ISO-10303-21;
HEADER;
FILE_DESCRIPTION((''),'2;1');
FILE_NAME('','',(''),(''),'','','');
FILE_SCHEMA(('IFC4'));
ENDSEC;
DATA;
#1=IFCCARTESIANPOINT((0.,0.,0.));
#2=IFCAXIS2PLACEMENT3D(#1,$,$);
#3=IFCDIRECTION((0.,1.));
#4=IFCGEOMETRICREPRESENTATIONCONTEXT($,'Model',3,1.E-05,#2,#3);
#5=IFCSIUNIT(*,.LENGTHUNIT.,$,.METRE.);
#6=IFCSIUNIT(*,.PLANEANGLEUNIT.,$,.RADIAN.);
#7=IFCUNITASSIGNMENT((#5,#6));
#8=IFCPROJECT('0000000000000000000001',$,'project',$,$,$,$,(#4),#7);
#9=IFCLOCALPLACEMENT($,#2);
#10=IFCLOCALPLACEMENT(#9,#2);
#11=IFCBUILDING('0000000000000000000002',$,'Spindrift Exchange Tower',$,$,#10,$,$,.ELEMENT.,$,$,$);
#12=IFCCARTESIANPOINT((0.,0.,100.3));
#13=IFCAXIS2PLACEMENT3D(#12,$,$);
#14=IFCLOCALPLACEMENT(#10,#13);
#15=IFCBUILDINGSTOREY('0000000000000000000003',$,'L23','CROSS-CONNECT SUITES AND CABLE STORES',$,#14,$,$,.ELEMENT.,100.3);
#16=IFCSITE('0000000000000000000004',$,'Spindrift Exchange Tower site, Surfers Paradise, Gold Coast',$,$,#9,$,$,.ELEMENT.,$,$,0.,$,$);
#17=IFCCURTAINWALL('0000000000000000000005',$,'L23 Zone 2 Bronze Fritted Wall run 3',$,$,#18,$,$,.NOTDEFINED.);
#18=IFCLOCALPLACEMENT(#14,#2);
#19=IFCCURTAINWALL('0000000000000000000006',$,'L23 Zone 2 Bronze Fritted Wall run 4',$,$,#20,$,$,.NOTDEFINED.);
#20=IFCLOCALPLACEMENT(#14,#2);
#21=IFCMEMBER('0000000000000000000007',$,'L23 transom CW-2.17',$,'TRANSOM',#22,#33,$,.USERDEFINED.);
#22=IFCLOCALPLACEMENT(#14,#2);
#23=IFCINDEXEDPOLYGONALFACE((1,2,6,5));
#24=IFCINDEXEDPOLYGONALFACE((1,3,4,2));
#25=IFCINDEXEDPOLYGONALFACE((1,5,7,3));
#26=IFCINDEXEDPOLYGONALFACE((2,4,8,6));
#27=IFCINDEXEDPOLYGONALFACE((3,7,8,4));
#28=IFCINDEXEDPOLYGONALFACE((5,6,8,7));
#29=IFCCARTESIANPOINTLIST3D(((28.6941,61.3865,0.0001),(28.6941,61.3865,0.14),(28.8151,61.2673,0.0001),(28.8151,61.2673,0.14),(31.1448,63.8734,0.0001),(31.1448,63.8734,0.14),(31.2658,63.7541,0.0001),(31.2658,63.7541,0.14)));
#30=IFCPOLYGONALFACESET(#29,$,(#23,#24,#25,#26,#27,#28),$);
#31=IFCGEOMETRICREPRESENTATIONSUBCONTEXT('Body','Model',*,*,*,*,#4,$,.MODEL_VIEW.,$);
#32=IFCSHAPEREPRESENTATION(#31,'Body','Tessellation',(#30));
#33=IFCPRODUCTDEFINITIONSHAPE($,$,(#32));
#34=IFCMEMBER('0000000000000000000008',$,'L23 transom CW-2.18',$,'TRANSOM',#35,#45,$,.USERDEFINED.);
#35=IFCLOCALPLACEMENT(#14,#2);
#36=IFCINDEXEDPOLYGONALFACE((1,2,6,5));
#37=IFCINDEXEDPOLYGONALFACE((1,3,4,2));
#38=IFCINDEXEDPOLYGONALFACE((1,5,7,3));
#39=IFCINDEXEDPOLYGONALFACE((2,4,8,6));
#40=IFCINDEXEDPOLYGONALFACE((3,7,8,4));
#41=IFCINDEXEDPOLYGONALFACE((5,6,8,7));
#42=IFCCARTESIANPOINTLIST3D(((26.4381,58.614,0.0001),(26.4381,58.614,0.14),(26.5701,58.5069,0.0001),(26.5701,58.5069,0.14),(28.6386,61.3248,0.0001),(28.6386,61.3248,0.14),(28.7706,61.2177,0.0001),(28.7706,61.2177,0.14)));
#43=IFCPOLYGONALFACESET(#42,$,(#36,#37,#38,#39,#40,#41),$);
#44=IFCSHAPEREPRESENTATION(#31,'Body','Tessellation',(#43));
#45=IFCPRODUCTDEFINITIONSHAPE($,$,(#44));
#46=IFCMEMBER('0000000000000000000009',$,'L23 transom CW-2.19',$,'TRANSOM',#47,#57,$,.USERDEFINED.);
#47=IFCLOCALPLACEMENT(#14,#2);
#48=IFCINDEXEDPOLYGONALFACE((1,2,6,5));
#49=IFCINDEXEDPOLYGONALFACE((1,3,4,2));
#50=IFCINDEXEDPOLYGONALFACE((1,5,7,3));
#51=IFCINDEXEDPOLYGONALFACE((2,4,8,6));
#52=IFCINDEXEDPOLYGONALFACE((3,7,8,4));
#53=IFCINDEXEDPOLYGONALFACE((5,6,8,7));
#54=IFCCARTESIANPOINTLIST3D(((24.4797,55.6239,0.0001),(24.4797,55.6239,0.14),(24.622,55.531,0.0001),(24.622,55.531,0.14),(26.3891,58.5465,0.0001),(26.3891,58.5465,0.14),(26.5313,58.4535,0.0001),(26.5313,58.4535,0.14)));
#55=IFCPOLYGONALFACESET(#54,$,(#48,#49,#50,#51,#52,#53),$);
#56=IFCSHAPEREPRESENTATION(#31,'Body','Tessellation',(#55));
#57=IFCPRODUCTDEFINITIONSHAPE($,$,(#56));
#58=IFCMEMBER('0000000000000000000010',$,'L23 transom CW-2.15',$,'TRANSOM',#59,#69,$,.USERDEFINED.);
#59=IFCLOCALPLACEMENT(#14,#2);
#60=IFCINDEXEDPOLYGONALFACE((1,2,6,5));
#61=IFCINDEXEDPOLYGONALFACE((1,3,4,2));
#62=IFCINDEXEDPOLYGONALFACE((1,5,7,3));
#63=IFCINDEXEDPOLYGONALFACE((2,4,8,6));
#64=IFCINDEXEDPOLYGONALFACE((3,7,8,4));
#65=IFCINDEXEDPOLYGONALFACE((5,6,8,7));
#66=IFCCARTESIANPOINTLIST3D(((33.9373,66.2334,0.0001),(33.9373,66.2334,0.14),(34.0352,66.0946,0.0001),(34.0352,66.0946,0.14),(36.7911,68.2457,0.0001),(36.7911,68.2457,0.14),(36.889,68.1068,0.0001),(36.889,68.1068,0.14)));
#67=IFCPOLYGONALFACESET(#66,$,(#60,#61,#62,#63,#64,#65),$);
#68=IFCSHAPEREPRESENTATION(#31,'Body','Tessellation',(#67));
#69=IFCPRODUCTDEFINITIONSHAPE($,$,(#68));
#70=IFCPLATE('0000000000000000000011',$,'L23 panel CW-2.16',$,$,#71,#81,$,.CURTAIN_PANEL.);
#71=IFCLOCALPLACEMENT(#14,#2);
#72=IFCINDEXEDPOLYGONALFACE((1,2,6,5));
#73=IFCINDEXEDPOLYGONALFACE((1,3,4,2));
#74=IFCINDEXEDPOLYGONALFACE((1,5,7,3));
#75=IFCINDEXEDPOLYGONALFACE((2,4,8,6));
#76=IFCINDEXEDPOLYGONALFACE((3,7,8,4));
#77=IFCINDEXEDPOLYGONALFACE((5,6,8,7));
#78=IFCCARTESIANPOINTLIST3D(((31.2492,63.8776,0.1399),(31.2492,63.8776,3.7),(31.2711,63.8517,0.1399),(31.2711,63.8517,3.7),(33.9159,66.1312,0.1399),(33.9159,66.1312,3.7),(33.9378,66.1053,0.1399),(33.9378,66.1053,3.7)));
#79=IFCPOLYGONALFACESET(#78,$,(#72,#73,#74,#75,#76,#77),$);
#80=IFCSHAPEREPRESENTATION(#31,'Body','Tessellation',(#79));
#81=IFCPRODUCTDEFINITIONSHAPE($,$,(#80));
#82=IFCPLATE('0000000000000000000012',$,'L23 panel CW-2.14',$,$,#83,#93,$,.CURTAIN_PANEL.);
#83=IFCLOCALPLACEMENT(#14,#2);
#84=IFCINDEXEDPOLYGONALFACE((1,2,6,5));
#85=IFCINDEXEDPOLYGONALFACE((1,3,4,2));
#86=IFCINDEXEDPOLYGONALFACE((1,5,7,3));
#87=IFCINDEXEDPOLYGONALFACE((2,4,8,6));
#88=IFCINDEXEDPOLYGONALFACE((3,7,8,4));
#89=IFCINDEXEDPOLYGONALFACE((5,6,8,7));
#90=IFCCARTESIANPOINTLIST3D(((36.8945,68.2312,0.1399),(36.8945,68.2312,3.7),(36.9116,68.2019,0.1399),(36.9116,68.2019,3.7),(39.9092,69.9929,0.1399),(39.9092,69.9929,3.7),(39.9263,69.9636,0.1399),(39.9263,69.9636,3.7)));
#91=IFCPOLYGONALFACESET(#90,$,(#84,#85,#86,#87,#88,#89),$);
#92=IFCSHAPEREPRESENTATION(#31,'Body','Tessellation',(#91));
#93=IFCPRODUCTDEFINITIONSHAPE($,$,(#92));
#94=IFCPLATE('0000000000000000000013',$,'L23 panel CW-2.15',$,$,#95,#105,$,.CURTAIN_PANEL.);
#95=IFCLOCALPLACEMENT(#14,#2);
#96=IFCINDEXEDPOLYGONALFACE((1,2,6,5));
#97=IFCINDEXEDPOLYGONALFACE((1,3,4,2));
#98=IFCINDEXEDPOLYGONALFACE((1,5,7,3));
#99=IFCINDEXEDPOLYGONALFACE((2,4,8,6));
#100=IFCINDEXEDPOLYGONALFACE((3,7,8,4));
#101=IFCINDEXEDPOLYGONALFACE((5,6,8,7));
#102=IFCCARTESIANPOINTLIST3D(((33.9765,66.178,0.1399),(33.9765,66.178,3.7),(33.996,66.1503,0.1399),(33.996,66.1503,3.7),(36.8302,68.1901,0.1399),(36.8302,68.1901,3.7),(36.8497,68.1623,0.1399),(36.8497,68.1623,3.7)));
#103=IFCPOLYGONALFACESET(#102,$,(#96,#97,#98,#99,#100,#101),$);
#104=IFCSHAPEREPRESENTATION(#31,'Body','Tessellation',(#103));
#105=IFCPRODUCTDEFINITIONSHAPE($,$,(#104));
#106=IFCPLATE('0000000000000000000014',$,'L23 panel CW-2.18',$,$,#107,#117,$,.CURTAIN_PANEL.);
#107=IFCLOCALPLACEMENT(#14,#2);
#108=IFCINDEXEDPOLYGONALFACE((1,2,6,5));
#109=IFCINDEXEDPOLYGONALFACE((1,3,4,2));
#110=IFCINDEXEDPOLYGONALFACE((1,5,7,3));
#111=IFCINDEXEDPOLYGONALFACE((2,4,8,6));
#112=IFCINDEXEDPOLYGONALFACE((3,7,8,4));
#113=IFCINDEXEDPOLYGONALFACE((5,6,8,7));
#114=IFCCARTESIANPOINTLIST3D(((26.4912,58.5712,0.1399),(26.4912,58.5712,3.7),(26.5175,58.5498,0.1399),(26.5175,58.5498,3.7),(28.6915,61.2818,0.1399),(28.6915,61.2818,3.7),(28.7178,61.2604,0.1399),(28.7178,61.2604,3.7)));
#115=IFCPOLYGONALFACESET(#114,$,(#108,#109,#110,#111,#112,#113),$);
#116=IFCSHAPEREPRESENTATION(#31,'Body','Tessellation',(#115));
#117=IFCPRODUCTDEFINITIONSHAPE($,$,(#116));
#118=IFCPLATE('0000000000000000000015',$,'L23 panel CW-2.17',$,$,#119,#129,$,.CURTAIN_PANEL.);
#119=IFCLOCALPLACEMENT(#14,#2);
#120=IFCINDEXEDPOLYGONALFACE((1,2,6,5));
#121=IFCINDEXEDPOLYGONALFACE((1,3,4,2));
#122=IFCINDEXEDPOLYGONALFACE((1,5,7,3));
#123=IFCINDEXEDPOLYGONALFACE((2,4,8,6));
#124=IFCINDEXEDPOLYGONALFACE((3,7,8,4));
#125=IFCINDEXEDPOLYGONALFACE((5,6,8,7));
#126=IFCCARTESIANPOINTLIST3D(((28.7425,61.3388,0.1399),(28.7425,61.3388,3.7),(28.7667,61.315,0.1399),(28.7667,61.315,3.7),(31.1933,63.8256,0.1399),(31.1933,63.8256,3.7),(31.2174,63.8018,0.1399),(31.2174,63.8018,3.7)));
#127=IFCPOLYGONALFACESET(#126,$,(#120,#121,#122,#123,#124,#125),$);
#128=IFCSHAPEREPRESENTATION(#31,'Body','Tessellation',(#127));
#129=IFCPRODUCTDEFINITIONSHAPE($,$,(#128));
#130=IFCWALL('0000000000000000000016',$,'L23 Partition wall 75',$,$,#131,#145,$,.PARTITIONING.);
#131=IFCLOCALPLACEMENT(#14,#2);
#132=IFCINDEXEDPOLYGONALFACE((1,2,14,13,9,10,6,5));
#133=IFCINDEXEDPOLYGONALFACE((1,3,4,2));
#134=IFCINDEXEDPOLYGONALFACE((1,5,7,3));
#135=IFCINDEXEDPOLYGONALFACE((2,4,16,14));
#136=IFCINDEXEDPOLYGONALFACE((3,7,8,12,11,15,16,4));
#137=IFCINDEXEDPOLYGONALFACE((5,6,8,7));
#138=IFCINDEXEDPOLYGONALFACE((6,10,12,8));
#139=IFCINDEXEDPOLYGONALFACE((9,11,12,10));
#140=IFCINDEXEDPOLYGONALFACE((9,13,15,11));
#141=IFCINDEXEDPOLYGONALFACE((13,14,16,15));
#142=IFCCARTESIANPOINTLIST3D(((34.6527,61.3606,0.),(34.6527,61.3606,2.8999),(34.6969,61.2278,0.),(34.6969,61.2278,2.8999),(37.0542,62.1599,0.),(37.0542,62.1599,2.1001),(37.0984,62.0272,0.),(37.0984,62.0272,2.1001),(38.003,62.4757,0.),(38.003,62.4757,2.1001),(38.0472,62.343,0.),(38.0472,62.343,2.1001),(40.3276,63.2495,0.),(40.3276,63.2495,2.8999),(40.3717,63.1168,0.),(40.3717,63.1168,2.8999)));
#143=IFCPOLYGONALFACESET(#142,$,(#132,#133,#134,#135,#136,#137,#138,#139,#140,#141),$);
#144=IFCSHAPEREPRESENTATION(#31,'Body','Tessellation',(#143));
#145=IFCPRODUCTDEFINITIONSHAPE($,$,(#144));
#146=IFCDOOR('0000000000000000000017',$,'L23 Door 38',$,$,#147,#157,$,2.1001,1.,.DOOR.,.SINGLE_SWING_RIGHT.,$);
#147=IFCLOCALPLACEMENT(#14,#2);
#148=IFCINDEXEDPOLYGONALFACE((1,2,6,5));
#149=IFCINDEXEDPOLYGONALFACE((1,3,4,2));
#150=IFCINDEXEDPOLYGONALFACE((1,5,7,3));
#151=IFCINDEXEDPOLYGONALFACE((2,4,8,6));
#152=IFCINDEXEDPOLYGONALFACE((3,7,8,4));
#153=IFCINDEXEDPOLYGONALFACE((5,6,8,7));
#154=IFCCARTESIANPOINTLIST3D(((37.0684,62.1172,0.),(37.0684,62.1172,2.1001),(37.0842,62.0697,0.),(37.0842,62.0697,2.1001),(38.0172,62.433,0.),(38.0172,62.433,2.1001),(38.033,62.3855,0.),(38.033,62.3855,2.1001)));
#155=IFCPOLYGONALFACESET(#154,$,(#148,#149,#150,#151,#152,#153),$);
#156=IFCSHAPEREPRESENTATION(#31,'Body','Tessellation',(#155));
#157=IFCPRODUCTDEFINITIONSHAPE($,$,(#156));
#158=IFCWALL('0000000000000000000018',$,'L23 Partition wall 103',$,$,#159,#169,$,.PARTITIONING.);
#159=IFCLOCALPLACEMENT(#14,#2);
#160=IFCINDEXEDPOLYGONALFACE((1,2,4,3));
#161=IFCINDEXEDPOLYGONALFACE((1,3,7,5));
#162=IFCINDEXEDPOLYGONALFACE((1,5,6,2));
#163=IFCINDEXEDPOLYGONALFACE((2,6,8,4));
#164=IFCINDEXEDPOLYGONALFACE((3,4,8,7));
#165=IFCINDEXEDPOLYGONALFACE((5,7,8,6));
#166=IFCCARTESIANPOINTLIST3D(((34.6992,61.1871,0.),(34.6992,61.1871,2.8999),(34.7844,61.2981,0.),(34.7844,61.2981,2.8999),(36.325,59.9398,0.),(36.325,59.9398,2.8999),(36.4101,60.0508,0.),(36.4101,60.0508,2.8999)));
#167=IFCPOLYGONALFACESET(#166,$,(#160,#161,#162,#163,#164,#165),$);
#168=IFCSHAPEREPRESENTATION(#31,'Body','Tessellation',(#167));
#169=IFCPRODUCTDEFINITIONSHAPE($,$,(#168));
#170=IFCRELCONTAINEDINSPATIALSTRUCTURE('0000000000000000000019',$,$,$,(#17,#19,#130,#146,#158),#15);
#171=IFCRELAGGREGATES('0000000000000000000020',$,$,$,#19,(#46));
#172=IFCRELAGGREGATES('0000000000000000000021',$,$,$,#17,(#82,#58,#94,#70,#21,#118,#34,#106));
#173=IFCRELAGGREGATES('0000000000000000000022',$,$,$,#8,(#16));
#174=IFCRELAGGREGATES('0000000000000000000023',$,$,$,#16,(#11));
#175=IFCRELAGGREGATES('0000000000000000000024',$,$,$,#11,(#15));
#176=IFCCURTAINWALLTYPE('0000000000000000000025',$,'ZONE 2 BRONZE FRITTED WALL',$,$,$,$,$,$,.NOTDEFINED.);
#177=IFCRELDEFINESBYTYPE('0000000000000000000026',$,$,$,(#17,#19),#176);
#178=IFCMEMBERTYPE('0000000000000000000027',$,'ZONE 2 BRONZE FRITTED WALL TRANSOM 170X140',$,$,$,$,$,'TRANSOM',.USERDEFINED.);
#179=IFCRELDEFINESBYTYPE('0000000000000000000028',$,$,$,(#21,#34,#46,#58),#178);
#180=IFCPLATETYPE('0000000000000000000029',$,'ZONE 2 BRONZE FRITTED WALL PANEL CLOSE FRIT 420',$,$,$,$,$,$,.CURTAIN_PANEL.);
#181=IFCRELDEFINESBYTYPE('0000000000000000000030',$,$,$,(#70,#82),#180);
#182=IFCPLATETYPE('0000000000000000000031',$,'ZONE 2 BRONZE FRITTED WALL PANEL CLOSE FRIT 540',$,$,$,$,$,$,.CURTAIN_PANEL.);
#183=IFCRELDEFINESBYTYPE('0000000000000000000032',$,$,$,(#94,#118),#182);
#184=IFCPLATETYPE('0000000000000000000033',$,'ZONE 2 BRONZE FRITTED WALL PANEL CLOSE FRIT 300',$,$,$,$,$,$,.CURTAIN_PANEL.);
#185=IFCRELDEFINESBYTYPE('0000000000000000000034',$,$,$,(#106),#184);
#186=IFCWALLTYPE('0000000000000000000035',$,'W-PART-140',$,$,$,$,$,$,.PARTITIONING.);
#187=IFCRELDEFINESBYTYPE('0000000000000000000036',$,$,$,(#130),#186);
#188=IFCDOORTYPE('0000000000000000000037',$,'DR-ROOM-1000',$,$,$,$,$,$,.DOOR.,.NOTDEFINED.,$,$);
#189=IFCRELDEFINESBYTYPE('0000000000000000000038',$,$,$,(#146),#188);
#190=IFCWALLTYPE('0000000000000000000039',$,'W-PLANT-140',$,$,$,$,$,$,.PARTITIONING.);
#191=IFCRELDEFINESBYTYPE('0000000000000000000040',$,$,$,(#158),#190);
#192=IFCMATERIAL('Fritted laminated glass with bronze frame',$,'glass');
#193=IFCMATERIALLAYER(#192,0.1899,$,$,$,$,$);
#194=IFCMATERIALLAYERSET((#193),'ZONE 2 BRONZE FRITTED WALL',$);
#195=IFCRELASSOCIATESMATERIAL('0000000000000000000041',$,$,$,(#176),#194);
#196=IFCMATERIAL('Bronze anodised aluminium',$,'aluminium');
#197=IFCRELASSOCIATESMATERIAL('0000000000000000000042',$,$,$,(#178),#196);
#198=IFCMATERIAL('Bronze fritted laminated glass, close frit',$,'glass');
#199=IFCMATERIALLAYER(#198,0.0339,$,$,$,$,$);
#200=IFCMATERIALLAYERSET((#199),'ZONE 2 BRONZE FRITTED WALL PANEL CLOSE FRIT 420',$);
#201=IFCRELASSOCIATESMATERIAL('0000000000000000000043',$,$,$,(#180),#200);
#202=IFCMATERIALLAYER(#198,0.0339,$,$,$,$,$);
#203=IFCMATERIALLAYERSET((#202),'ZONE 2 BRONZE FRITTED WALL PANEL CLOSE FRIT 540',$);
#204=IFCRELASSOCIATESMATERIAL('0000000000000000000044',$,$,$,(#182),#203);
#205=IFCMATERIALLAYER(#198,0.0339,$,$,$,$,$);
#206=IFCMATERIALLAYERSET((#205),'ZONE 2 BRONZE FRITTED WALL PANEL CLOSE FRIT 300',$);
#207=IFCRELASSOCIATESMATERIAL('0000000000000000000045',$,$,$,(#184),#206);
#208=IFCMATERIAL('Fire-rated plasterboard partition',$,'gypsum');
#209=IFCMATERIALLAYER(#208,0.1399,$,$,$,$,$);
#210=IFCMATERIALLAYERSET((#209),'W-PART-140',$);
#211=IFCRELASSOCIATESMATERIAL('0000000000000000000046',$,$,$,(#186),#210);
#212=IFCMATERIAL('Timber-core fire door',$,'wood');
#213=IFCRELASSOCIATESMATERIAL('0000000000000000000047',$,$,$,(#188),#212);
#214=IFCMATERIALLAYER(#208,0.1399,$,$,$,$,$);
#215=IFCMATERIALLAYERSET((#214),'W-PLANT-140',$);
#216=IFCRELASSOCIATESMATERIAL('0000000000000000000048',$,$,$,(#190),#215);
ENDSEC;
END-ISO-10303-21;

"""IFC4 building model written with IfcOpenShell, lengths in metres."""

from ifc_helpers import new_model, si_unit, direction, frame, frame_2d, origin, origin_2d, place, context, subcontext, project, spatial, rectangle, extrude, source, transform, mapped, material, layer, layer_set, material_profile, profile_set, type_object, element, fill, aggregate, save


model = new_model("IFC4")

# Units and contexts
model_context = context("Model", 3, precision=1e-05, world=origin(), true_north=direction((0.0, 1.0)))
body_context = subcontext(model_context, "Body", "Model", "MODEL_VIEW")
ifc_project = project(units=[si_unit("LENGTHUNIT", "METRE"), si_unit("PLANEANGLEUNIT", "RADIAN")], contexts=[model_context])

# Site, building, storey
site_placement = place(None, origin())
site = spatial("IfcSite", under=ifc_project, at=site_placement, Name="Spindrift Exchange Tower site, Surfers Paradise, Gold Coast", CompositionType="ELEMENT", RefElevation=0.0)
building_placement = place(site_placement, origin())
building = spatial("IfcBuilding", under=site, at=building_placement, Name="Spindrift Exchange Tower", CompositionType="ELEMENT")
storey_placement = place(building_placement, frame((0.0, 0.0, 100.3)))
storey = spatial("IfcBuildingStorey", under=building, at=storey_placement, Name="L23", Description="CROSS-CONNECT SUITES AND CABLE STORES", CompositionType="ELEMENT", Elevation=100.3)

# Curtain wall
ifc_material_1 = material(Name="Fritted laminated glass with bronze frame", Category="glass")
ifc_layer_1 = layer(ifc_material_1, 0.1899)
ifc_layer_set_1 = layer_set([ifc_layer_1], Name="ZONE 2 BRONZE FRITTED WALL")
curtain_wall_type = type_object("IfcCurtainWallType", Name="ZONE 2 BRONZE FRITTED WALL", PredefinedType="NOTDEFINED", material=ifc_layer_set_1)
curtain_wall_1_placement = place(storey_placement, origin())
curtain_wall_1 = element("IfcCurtainWall", 1, at=curtain_wall_1_placement, inside=storey, type_object=curtain_wall_type, Name="L23 Zone 2 Bronze Fritted Wall run 3", PredefinedType="NOTDEFINED")
ifc_material_2 = material(Name="Bronze anodised aluminium", Category="aluminium")

# Curtain wall
curtain_wall_2_placement = place(storey_placement, origin())
curtain_wall_2 = element("IfcCurtainWall", 2, at=curtain_wall_2_placement, inside=storey, type_object=curtain_wall_type, Name="L23 Zone 2 Bronze Fritted Wall run 4", PredefinedType="NOTDEFINED")

# Members
ifc_material_profile_1 = material_profile(ifc_material_2, rectangle(XDim=0.1699, YDim=0.1399, at=origin_2d()), Name="ZONE 2 BRONZE FRITTED WALL TRANSOM 170X140")
ifc_profile_set_1 = profile_set([ifc_material_profile_1], Name="Bronze anodised aluminium")
member_type_1 = type_object("IfcMemberType", Name="ZONE 2 BRONZE FRITTED WALL TRANSOM 170X140", ElementType="TRANSOM", PredefinedType="USERDEFINED", material=ifc_profile_set_1)
shared_shape_1 = source(origin(), body_context, "Body", "SweptSolid", [
    extrude(rectangle(XDim=0.1699, YDim=0.1399, at=origin_2d()), origin(), (0.0, 0.0, 1.0), 3.4915),
])
member_1_placement = place(storey_placement, frame((31.2053, 63.8137, 0.0701), z_axis=(-0.701913, -0.712262, 0.0), x_axis=(0.712262, -0.701913, 0.0)))
member_1 = element("IfcMember", 3, at=member_1_placement, type_object=member_type_1, Name="L23 transom CW-2.17", ObjectType="TRANSOM", PredefinedType="USERDEFINED", context=body_context, shape_type="MappedRepresentation", body=[
    mapped(shared_shape_1, transform((0.0, 0.0, 0.0), scale=1.0)),
])
member_2_placement = place(storey_placement, frame((28.7046, 61.2712, 0.0701), z_axis=(-0.630248, -0.776394, 0.0), x_axis=(0.776394, -0.630248, 0.0)))
member_2 = element("IfcMember", 4, at=member_2_placement, type_object=member_type_1, Name="L23 transom CW-2.18", ObjectType="TRANSOM", PredefinedType="USERDEFINED", context=body_context, shape_type="MappedRepresentation", body=[
    mapped(shared_shape_1, transform((0.0, 0.0, 0.0), scale=1.0)),
])
shared_shape_2 = source(origin(), body_context, "Body", "SweptSolid", [
    extrude(rectangle(XDim=0.1699, YDim=0.1399, at=origin_2d()), origin(), (0.0, 0.0, 1.0), 3.491),
])
member_3_placement = place(storey_placement, frame((26.4602, 58.5, 0.0701), z_axis=(-0.546946, -0.837168, 0.0), x_axis=(0.837168, -0.546946, 0.0)))
member_3 = element("IfcMember", 5, at=member_3_placement, type_object=member_type_1, Name="L23 transom CW-2.19", ObjectType="TRANSOM", PredefinedType="USERDEFINED", context=body_context, shape_type="MappedRepresentation", body=[
    mapped(shared_shape_2, transform((0.0, 0.0, 0.0), scale=1.0)),
])
aggregate(curtain_wall_2, [member_3])
shared_shape_3 = source(origin(), body_context, "Body", "SweptSolid", [
    extrude(rectangle(XDim=0.1699, YDim=0.1399, at=origin_2d()), origin(), (0.0, 0.0, 1.0), 3.4919),
])
member_4_placement = place(storey_placement, frame((36.8401, 68.1763, 0.0701), z_axis=(-0.817266, -0.57626, 0.0), x_axis=(0.57626, -0.817266, 0.0)))
member_4 = element("IfcMember", 6, at=member_4_placement, type_object=member_type_1, Name="L23 transom CW-2.15", ObjectType="TRANSOM", PredefinedType="USERDEFINED", context=body_context, shape_type="MappedRepresentation", body=[
    mapped(shared_shape_3, transform((0.0, 0.0, 0.0), scale=1.0)),
])

# Plates
ifc_material_3 = material(Name="Bronze fritted laminated glass, close frit", Category="glass")
ifc_layer_2 = layer(ifc_material_3, 0.0339)
ifc_layer_set_2 = layer_set([ifc_layer_2], Name="ZONE 2 BRONZE FRITTED WALL PANEL CLOSE FRIT 420")
plate_type_1 = type_object("IfcPlateType", Name="ZONE 2 BRONZE FRITTED WALL PANEL CLOSE FRIT 420", PredefinedType="CURTAIN_PANEL", material=ifc_layer_set_2)
shared_shape_4 = source(origin(), body_context, "Body", "SweptSolid", [
    extrude(rectangle(XDim=3.4915, YDim=0.0339, at=origin_2d()), origin(), (0.0, 0.0, 1.0), 3.5601),
])
plate_1_placement = place(storey_placement, frame((32.5935, 64.9915, 0.1399), z_axis=(0.0, 0.0, 1.0), x_axis=(-0.763802, -0.645451, 0.0)))
plate_1 = element("IfcPlate", 7, at=plate_1_placement, type_object=plate_type_1, Name="L23 panel CW-2.16", PredefinedType="CURTAIN_PANEL", context=body_context, shape_type="MappedRepresentation", body=[
    mapped(shared_shape_4, transform((0.0, 0.0, 0.0), scale=1.0)),
])
shared_shape_5 = source(origin(), body_context, "Body", "SweptSolid", [
    extrude(rectangle(XDim=3.4917, YDim=0.0339, at=origin_2d()), origin(), (0.0, 0.0, 1.0), 3.5601),
])
plate_2_placement = place(storey_placement, frame((38.4104, 69.0974, 0.1399), z_axis=(0.0, 0.0, 1.0), x_axis=(-0.86339, -0.504537, 0.0)))
plate_2 = element("IfcPlate", 8, at=plate_2_placement, type_object=plate_type_1, Name="L23 panel CW-2.14", PredefinedType="CURTAIN_PANEL", context=body_context, shape_type="MappedRepresentation", body=[
    mapped(shared_shape_5, transform((0.0, 0.0, 0.0), scale=1.0)),
])
ifc_layer_3 = layer(ifc_material_3, 0.0339)
ifc_layer_set_3 = layer_set([ifc_layer_3], Name="ZONE 2 BRONZE FRITTED WALL PANEL CLOSE FRIT 540")
plate_type_2 = type_object("IfcPlateType", Name="ZONE 2 BRONZE FRITTED WALL PANEL CLOSE FRIT 540", PredefinedType="CURTAIN_PANEL", material=ifc_layer_set_3)
shared_shape_6 = source(origin(), body_context, "Body", "SweptSolid", [
    extrude(rectangle(XDim=3.4917, YDim=0.0339, at=origin_2d()), origin(), (0.0, 0.0, 1.0), 3.5601),
])
plate_3_placement = place(storey_placement, frame((35.4131, 67.1702, 0.1399), z_axis=(0.0, 0.0, 1.0), x_axis=(-0.817278, -0.576244, 0.0)))
plate_3 = element("IfcPlate", 9, at=plate_3_placement, type_object=plate_type_2, Name="L23 panel CW-2.15", PredefinedType="CURTAIN_PANEL", context=body_context, shape_type="MappedRepresentation", body=[
    mapped(shared_shape_6, transform((0.0, 0.0, 0.0), scale=1.0)),
])
ifc_layer_4 = layer(ifc_material_3, 0.0339)
ifc_layer_set_4 = layer_set([ifc_layer_4], Name="ZONE 2 BRONZE FRITTED WALL PANEL CLOSE FRIT 300")
plate_type_3 = type_object("IfcPlateType", Name="ZONE 2 BRONZE FRITTED WALL PANEL CLOSE FRIT 300", PredefinedType="CURTAIN_PANEL", material=ifc_layer_set_4)
shared_shape_7 = source(origin(), body_context, "Body", "SweptSolid", [
    extrude(rectangle(XDim=3.4912, YDim=0.0339, at=origin_2d()), origin(), (0.0, 0.0, 1.0), 3.5601),
])
plate_4_placement = place(storey_placement, frame((27.6045, 59.9158, 0.1399), z_axis=(0.0, 0.0, 1.0), x_axis=(-0.630233, -0.776406, 0.0)))
plate_4 = element("IfcPlate", 10, at=plate_4_placement, type_object=plate_type_3, Name="L23 panel CW-2.18", PredefinedType="CURTAIN_PANEL", context=body_context, shape_type="MappedRepresentation", body=[
    mapped(shared_shape_7, transform((0.0, 0.0, 0.0), scale=1.0)),
])
shared_shape_8 = source(origin(), body_context, "Body", "SweptSolid", [
    extrude(rectangle(XDim=3.4915, YDim=0.0339, at=origin_2d()), origin(), (0.0, 0.0, 1.0), 3.5601),
])
plate_5_placement = place(storey_placement, frame((29.98, 62.5703, 0.1399), z_axis=(0.0, 0.0, 1.0), x_axis=(-0.701929, -0.712247, 0.0)))
plate_5 = element("IfcPlate", 11, at=plate_5_placement, type_object=plate_type_2, Name="L23 panel CW-2.17", PredefinedType="CURTAIN_PANEL", context=body_context, shape_type="MappedRepresentation", body=[
    mapped(shared_shape_8, transform((0.0, 0.0, 0.0), scale=1.0)),
])
aggregate(curtain_wall_1, [plate_2, member_4, plate_3, plate_1, member_1, plate_5, member_2, plate_4])

# Wall, opening, door
ifc_material_4 = material(Name="Fire-rated plasterboard partition", Category="gypsum")
ifc_layer_5 = layer(ifc_material_4, 0.1399)
ifc_layer_set_5 = layer_set([ifc_layer_5], Name="W-PART-140")
wall_type_1 = type_object("IfcWallType", Name="W-PART-140", PredefinedType="PARTITIONING", material=ifc_layer_set_5)
wall_1_placement = place(storey_placement, frame((34.6748, 61.2942, 0.0), z_axis=(0.0, 0.0, 1.0), x_axis=(0.948818, 0.315824, 0.0)))
wall_1 = element("IfcWall", 12, at=wall_1_placement, inside=storey, type_object=wall_type_1, Name="L23 Partition wall 75", PredefinedType="PARTITIONING", context=body_context, shape_type="SweptSolid", body=[
    extrude(rectangle(XDim=5.981, YDim=0.1399, at=frame_2d((2.9905, 0.0))), origin(), (0.0, 0.0, 1.0), 2.8999),
])
opening_1_placement = place(wall_1_placement, frame((2.531, 0.0, 0.0)))
opening_1 = element("IfcOpeningElement", 13, at=opening_1_placement, cuts=wall_1, PredefinedType="OPENING", context=body_context, shape_type="SweptSolid", body=[
    extrude(rectangle(XDim=1.0, YDim=2.1001, at=frame_2d((0.5, 1.05))), frame((0.0, 0.0798, 0.0), z_axis=(0.0, -1.0, 0.0), x_axis=(1.0, 0.0, 0.0)), (0.0, 0.0, 1.0), 0.1599),
])
ifc_material_5 = material(Name="Timber-core fire door", Category="wood")
door_type = type_object("IfcDoorType", Name="DR-ROOM-1000", OperationType="NOTDEFINED", PredefinedType="DOOR", material=ifc_material_5)
shared_shape_9 = source(origin(), body_context, "Body", "SweptSolid", [
    extrude(rectangle(XDim=1.0, YDim=2.1001, at=frame_2d((0.5, 1.05))), frame((0.0, 0.0249, 0.0), z_axis=(0.0, -1.0, 0.0), x_axis=(1.0, 0.0, 0.0)), (0.0, 0.0, 1.0), 0.05),
])
door_1_placement = place(opening_1_placement, origin())
door_1 = element("IfcDoor", 14, at=door_1_placement, inside=storey, type_object=door_type, Name="L23 Door 38", OperationType="SINGLE_SWING_RIGHT", OverallHeight=2.1001, OverallWidth=1.0, PredefinedType="DOOR", context=body_context, shape_type="MappedRepresentation", body=[
    mapped(shared_shape_9, transform((0.0, 0.0, 0.0), scale=1.0)),
])
fill(opening_1, door_1)

# Wall
ifc_layer_6 = layer(ifc_material_4, 0.1399)
ifc_layer_set_6 = layer_set([ifc_layer_6], Name="W-PLANT-140")
wall_type_2 = type_object("IfcWallType", Name="W-PLANT-140", PredefinedType="PARTITIONING", material=ifc_layer_set_6)
wall_2_placement = place(storey_placement, frame((36.3674, 59.9954, 0.0), z_axis=(0.0, 0.0, 1.0), x_axis=(-0.79339, 0.608714, 0.0)))
element("IfcWall", 15, at=wall_2_placement, inside=storey, type_object=wall_type_2, Name="L23 Partition wall 103", PredefinedType="PARTITIONING", context=body_context, shape_type="SweptSolid", body=[
    extrude(rectangle(XDim=2.0491, YDim=0.1399, at=frame_2d((1.0244, 0.0))), origin(), (0.0, 0.0, 1.0), 2.8999),
])

save(model, "model.ifc")
